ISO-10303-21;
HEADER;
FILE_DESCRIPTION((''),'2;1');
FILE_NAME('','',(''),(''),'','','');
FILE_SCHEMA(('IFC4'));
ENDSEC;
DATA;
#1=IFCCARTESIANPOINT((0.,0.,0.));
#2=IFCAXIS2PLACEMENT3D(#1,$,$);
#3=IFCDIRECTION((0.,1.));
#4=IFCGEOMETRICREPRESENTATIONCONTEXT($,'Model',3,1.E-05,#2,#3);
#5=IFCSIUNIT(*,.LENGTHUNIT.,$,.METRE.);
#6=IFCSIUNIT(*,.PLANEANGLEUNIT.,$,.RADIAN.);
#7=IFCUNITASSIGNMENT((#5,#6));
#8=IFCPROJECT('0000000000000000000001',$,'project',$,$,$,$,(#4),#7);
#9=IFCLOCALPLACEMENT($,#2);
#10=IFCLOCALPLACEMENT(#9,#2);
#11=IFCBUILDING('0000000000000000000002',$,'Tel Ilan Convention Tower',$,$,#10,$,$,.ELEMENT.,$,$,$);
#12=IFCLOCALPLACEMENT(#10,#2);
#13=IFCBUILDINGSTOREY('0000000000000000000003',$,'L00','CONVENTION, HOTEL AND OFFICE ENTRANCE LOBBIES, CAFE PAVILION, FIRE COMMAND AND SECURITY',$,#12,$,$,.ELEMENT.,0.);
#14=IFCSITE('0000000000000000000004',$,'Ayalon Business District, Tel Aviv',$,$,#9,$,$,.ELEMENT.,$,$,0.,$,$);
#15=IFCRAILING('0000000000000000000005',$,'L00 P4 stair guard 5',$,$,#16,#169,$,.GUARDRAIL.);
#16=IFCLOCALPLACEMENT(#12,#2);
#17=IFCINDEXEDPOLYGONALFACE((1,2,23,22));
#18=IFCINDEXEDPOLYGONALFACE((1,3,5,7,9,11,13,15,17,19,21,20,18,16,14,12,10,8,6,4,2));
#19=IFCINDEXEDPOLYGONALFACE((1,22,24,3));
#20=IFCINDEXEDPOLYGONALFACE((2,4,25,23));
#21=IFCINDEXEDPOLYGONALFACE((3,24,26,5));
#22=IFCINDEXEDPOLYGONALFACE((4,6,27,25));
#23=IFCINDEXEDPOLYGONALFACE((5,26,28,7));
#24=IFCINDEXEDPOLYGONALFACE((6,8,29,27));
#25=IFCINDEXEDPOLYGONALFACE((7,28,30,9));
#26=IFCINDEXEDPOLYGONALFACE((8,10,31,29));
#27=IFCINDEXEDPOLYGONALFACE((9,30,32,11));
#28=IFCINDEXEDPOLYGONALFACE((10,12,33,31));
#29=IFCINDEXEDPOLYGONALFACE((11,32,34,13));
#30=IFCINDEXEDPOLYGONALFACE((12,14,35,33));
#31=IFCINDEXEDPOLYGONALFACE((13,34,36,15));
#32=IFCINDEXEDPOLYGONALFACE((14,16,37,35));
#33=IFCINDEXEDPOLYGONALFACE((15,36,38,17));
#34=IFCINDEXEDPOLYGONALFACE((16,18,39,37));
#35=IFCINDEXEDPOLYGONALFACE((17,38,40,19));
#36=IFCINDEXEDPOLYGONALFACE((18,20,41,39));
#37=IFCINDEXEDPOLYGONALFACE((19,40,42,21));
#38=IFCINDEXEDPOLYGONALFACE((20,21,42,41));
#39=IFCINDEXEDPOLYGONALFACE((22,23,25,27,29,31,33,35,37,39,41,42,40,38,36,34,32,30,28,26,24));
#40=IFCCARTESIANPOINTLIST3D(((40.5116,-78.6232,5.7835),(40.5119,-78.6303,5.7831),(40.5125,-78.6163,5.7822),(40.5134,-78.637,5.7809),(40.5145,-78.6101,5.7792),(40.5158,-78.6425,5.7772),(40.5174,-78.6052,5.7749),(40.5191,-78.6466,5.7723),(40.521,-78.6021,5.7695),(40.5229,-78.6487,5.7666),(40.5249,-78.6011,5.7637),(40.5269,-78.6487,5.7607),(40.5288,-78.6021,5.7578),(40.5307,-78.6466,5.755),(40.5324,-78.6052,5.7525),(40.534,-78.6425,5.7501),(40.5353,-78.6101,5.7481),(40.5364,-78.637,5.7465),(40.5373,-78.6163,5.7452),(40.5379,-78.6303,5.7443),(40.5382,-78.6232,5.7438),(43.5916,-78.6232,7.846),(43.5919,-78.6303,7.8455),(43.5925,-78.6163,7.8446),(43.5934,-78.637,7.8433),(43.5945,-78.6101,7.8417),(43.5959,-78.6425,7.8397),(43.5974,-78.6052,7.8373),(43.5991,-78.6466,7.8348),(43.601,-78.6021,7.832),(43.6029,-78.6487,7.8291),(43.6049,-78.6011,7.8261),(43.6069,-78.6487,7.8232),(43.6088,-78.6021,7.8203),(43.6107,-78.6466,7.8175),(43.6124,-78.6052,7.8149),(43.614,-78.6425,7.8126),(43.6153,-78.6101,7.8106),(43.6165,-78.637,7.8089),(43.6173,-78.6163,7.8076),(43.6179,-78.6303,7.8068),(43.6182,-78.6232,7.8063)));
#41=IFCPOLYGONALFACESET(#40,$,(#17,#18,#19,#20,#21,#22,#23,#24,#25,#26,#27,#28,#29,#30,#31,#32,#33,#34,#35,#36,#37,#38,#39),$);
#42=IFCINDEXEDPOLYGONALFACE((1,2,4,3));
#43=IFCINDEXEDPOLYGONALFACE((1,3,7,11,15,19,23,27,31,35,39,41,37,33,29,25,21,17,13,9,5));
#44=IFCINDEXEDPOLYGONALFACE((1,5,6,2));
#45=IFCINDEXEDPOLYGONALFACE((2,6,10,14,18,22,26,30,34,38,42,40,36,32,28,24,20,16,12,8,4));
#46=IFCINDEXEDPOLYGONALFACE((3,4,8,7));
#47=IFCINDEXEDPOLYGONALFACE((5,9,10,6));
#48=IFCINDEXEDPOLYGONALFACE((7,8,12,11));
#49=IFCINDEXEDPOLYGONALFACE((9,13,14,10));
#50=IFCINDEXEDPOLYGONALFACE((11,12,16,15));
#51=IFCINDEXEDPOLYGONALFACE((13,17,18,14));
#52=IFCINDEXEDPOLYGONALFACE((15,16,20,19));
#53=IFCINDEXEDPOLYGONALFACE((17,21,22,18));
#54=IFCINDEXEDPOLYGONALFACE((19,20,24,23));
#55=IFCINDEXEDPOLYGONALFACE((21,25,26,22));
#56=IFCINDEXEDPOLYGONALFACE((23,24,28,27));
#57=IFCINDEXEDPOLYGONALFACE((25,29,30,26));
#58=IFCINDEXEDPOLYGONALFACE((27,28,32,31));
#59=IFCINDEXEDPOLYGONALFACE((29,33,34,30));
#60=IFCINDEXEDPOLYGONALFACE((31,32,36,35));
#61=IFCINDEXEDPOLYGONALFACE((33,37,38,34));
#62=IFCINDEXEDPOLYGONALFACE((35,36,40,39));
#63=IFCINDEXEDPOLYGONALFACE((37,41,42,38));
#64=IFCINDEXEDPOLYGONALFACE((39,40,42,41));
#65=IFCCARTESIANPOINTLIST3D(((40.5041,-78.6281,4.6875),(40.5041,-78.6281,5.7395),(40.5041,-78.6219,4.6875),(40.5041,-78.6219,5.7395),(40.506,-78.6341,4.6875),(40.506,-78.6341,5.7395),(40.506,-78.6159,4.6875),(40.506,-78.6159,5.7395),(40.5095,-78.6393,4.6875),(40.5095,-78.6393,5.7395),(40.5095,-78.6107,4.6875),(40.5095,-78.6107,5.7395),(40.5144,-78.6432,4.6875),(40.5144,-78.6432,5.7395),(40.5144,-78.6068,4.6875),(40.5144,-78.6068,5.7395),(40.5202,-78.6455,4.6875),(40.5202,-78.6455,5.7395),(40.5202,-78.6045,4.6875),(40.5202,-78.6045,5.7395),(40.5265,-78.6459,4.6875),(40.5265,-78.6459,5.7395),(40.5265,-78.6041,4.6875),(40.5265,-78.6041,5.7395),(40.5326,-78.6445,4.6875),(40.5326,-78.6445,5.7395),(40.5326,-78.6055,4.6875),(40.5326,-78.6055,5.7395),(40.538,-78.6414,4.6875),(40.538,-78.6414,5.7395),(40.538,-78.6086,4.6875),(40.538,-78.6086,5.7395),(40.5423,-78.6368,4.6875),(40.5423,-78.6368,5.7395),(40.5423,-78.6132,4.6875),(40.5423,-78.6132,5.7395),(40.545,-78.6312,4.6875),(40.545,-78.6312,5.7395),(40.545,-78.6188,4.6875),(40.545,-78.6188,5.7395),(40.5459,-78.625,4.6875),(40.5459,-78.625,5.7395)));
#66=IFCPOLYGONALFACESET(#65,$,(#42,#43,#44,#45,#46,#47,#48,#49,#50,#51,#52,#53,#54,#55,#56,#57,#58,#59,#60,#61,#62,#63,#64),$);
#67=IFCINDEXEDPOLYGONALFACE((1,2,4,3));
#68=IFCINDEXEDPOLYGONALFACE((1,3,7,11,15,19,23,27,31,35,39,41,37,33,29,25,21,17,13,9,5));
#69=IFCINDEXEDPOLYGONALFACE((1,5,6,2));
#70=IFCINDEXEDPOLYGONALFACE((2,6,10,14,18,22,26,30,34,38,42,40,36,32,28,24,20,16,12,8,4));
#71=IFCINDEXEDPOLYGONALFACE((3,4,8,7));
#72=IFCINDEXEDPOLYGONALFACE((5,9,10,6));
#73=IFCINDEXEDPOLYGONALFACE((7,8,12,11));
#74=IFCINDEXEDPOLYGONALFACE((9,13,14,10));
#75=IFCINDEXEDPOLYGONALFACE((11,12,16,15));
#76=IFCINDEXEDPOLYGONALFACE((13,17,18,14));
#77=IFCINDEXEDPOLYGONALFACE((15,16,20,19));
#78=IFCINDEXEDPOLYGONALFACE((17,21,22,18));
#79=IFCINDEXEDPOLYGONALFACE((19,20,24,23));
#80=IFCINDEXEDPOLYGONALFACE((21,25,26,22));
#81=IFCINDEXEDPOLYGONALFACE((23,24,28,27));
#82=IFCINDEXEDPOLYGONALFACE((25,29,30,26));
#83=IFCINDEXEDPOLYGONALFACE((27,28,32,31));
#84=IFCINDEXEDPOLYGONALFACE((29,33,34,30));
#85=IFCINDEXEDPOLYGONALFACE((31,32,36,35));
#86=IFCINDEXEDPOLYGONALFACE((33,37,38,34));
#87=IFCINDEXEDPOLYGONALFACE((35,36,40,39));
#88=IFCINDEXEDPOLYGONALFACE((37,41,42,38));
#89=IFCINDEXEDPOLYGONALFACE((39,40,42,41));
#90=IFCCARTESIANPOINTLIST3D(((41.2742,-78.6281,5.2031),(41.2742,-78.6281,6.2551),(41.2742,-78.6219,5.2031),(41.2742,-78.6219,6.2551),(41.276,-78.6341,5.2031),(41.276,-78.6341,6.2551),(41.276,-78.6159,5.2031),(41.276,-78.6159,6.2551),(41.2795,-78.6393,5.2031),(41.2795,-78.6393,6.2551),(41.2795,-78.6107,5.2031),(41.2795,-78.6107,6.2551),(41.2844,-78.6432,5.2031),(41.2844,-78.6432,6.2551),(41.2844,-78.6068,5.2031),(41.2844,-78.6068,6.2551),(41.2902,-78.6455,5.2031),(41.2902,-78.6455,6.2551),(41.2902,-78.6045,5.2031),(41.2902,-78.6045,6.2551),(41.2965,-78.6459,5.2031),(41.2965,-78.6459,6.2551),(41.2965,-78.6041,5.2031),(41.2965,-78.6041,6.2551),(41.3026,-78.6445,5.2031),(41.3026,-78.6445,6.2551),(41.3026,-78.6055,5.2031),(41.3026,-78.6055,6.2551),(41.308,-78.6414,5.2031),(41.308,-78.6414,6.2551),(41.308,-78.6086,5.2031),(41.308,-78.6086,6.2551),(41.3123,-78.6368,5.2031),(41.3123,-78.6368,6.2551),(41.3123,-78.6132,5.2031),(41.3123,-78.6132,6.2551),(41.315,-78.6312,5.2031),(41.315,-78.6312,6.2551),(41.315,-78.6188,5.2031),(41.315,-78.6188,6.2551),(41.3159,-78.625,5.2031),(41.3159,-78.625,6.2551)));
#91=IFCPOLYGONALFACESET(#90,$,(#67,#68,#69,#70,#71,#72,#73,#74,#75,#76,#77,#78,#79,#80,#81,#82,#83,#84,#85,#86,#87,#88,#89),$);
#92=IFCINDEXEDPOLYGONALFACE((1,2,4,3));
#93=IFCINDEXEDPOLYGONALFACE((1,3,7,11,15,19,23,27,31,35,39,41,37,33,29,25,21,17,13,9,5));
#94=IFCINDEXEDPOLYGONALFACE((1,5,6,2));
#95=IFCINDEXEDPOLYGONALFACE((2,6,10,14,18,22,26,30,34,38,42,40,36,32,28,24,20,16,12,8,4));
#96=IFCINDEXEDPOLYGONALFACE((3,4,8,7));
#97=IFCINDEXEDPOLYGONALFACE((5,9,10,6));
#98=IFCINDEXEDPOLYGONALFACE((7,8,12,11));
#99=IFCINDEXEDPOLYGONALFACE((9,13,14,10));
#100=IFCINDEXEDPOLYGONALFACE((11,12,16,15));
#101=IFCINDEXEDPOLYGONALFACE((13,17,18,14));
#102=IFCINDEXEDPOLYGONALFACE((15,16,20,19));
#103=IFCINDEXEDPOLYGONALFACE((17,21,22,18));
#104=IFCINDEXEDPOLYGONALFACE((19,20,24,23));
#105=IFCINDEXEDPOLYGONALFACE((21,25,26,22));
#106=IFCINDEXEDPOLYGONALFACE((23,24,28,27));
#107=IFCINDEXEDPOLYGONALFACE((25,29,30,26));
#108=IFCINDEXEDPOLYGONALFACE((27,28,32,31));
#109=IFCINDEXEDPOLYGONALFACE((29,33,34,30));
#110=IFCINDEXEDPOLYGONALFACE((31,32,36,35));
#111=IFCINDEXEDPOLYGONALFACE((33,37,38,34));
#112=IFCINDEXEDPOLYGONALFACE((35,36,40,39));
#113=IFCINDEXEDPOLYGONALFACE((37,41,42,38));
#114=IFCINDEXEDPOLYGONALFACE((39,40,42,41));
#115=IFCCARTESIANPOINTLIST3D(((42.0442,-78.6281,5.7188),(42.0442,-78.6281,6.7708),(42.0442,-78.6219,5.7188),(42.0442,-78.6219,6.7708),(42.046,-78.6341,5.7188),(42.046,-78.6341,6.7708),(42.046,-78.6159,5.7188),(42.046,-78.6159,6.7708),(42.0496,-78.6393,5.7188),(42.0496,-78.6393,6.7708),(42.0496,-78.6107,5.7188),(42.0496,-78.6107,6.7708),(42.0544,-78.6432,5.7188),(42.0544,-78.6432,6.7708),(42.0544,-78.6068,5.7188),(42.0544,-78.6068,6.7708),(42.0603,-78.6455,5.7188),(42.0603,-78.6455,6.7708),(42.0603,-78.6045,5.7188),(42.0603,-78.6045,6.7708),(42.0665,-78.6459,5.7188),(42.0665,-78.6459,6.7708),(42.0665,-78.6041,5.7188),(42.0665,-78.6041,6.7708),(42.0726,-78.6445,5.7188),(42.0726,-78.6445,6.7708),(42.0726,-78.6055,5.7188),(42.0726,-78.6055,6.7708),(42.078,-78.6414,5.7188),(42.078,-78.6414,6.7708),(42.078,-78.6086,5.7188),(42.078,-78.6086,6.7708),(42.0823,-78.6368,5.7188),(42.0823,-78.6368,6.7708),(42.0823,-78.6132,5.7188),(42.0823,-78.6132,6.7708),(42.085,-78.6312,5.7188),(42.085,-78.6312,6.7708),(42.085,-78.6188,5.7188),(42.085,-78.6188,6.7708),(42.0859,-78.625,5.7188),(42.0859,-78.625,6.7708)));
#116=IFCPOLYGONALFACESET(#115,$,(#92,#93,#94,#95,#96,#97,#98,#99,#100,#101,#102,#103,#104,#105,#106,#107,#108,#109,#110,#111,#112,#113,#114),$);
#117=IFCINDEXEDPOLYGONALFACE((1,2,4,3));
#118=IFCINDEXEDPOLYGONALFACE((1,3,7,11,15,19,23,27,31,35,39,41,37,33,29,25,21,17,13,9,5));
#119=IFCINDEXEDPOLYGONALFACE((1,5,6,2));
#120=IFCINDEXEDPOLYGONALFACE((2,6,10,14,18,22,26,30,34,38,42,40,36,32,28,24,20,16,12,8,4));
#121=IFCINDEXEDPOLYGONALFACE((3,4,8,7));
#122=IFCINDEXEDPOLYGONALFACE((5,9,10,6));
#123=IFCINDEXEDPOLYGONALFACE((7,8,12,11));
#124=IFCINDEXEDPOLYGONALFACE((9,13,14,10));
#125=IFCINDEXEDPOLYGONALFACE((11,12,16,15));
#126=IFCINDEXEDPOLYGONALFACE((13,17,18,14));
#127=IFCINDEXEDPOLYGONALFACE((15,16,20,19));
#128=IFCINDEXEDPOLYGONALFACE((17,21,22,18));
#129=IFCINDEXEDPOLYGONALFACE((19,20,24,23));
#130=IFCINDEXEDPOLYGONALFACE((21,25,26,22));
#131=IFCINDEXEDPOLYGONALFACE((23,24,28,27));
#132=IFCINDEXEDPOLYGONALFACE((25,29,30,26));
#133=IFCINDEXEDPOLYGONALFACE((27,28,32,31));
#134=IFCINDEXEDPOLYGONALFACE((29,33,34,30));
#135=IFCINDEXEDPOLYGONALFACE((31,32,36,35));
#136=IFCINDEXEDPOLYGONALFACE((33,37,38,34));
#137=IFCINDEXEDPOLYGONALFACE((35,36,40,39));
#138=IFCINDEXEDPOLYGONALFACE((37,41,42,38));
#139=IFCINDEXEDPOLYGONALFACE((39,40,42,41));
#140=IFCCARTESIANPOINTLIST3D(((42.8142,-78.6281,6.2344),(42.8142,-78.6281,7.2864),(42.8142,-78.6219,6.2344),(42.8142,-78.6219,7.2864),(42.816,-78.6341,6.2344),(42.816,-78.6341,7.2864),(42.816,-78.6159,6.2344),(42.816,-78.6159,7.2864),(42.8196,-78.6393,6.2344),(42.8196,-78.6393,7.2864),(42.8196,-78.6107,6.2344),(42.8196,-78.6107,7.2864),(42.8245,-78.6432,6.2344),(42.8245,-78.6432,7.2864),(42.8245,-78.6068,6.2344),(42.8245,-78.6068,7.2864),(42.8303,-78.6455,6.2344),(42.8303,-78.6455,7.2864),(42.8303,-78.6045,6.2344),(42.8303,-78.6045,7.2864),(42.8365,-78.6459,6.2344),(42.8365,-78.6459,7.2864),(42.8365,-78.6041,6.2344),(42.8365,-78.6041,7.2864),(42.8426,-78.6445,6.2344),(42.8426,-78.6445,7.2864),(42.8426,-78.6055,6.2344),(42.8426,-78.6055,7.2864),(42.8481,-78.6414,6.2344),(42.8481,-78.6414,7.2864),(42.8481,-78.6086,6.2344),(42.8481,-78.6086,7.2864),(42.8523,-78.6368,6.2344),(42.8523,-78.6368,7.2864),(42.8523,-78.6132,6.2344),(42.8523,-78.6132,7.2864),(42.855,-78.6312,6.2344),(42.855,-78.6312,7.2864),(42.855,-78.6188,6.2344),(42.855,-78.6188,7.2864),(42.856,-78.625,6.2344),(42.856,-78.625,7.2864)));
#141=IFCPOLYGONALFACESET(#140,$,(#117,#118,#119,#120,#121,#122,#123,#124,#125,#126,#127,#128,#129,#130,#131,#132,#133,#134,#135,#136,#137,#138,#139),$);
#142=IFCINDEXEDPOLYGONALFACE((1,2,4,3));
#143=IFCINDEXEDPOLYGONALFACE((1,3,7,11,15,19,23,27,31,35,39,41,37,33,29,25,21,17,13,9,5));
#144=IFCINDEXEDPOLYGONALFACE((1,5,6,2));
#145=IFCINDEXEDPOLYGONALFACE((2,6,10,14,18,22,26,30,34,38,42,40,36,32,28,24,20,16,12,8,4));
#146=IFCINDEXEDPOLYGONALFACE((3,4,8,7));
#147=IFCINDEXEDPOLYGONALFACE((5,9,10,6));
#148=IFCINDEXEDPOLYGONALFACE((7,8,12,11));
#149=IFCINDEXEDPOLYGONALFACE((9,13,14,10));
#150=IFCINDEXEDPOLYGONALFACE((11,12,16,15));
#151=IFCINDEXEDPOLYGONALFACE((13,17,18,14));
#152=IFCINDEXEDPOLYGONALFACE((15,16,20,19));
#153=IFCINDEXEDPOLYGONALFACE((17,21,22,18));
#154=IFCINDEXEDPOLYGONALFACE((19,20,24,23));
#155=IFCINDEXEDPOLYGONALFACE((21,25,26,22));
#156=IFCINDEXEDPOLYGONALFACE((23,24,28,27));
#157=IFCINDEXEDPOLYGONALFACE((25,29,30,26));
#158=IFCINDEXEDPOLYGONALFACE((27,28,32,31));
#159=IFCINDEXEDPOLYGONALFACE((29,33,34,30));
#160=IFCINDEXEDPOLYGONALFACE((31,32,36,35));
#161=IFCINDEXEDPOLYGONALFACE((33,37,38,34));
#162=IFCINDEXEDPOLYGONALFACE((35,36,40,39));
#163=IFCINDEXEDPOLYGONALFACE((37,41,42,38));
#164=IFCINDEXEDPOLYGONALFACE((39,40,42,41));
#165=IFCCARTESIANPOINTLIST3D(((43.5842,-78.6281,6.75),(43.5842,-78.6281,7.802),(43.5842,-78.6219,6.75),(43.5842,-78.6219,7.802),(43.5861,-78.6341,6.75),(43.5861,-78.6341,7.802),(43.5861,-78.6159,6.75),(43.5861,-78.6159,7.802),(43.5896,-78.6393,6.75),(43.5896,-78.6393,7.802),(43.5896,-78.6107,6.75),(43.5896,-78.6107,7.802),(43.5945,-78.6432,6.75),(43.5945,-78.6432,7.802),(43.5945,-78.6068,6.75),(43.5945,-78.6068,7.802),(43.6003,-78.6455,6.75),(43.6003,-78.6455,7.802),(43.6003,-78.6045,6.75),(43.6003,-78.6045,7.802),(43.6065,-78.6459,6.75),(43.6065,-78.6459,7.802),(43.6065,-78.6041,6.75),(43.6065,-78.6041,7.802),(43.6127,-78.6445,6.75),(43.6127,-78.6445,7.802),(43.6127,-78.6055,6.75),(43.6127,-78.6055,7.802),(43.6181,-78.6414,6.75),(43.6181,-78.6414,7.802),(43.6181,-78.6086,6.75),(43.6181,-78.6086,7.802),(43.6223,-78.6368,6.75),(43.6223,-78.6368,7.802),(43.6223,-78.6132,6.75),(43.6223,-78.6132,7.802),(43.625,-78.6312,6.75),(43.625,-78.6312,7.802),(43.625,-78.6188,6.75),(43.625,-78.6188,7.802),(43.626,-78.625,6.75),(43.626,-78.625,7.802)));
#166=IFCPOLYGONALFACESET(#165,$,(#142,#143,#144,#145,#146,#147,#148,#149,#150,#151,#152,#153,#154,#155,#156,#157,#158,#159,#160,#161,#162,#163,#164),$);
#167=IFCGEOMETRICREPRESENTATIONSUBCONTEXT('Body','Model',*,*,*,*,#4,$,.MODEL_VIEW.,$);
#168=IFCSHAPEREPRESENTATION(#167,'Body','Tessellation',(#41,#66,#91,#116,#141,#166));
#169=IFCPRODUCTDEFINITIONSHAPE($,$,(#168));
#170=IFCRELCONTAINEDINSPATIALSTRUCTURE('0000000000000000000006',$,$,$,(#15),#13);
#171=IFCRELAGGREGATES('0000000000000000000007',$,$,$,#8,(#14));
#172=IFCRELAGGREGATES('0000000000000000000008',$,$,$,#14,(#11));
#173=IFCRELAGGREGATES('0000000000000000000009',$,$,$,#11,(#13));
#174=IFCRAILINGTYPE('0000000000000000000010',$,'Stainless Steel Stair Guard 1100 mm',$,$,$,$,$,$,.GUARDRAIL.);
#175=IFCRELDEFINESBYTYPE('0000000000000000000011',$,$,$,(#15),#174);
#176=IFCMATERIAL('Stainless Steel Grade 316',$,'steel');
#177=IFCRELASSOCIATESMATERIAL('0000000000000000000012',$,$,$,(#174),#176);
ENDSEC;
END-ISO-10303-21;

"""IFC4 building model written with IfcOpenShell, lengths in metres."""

from ifc_helpers import new_model, si_unit, direction, frame, origin, origin_2d, place, context, subcontext, project, spatial, circle, extrude, material, type_object, element, save


model = new_model("IFC4")

# Units and contexts
model_context = context("Model", 3, precision=1e-05, world=origin(), true_north=direction((0.0, 1.0)))
body_context = subcontext(model_context, "Body", "Model", "MODEL_VIEW")
ifc_project = project(units=[si_unit("LENGTHUNIT", "METRE"), si_unit("PLANEANGLEUNIT", "RADIAN")], contexts=[model_context])

# Site, building, storey
site_placement = place(None, origin())
site = spatial("IfcSite", under=ifc_project, at=site_placement, Name="Ayalon Business District, Tel Aviv", CompositionType="ELEMENT", RefElevation=0.0)
building_placement = place(site_placement, origin())
building = spatial("IfcBuilding", under=site, at=building_placement, Name="Tel Ilan Convention Tower", CompositionType="ELEMENT")
storey_placement = place(building_placement, origin())
storey = spatial("IfcBuildingStorey", under=building, at=storey_placement, Name="L00", Description="CONVENTION, HOTEL AND OFFICE ENTRANCE LOBBIES, CAFE PAVILION, FIRE COMMAND AND SECURITY", CompositionType="ELEMENT", Elevation=0.0)

# Railing
ifc_material_1 = material(Name="Stainless Steel Grade 316", Category="steel")
railing_type_1 = type_object("IfcRailingType", Name="Stainless Steel Stair Guard 1100 mm", PredefinedType="GUARDRAIL", material=ifc_material_1)
railing_1_placement = place(storey_placement, frame((40.5249, -78.625, 4.6875)))
element("IfcRailing", 1, at=railing_1_placement, inside=storey, type_object=railing_type_1, Name="L00 P4 stair guard 5", PredefinedType="GUARDRAIL", context=body_context, shape_type="SweptSolid", body=[
    extrude(circle(Radius=0.0239, at=origin_2d()), frame((0.0, 0.0, 1.0762), z_axis=(0.830914, 0.0, 0.556401), x_axis=(0.0, 1.0, 0.0)), (0.0, 0.0, 1.0), 3.7068),
    extrude(circle(Radius=0.021, at=origin_2d()), origin(), (0.0, 0.0, 1.0), 1.052),
    extrude(circle(Radius=0.021, at=origin_2d()), frame((0.77, 0.0, 0.5156)), (0.0, 0.0, 1.0), 1.052),
    extrude(circle(Radius=0.021, at=origin_2d()), frame((1.54, 0.0, 1.0312)), (0.0, 0.0, 1.0), 1.052),
    extrude(circle(Radius=0.021, at=origin_2d()), frame((2.3101, 0.0, 1.5469)), (0.0, 0.0, 1.0), 1.052),
    extrude(circle(Radius=0.021, at=origin_2d()), frame((3.0801, 0.0, 2.0625)), (0.0, 0.0, 1.0), 1.052),
])

save(model, "model.ifc")
